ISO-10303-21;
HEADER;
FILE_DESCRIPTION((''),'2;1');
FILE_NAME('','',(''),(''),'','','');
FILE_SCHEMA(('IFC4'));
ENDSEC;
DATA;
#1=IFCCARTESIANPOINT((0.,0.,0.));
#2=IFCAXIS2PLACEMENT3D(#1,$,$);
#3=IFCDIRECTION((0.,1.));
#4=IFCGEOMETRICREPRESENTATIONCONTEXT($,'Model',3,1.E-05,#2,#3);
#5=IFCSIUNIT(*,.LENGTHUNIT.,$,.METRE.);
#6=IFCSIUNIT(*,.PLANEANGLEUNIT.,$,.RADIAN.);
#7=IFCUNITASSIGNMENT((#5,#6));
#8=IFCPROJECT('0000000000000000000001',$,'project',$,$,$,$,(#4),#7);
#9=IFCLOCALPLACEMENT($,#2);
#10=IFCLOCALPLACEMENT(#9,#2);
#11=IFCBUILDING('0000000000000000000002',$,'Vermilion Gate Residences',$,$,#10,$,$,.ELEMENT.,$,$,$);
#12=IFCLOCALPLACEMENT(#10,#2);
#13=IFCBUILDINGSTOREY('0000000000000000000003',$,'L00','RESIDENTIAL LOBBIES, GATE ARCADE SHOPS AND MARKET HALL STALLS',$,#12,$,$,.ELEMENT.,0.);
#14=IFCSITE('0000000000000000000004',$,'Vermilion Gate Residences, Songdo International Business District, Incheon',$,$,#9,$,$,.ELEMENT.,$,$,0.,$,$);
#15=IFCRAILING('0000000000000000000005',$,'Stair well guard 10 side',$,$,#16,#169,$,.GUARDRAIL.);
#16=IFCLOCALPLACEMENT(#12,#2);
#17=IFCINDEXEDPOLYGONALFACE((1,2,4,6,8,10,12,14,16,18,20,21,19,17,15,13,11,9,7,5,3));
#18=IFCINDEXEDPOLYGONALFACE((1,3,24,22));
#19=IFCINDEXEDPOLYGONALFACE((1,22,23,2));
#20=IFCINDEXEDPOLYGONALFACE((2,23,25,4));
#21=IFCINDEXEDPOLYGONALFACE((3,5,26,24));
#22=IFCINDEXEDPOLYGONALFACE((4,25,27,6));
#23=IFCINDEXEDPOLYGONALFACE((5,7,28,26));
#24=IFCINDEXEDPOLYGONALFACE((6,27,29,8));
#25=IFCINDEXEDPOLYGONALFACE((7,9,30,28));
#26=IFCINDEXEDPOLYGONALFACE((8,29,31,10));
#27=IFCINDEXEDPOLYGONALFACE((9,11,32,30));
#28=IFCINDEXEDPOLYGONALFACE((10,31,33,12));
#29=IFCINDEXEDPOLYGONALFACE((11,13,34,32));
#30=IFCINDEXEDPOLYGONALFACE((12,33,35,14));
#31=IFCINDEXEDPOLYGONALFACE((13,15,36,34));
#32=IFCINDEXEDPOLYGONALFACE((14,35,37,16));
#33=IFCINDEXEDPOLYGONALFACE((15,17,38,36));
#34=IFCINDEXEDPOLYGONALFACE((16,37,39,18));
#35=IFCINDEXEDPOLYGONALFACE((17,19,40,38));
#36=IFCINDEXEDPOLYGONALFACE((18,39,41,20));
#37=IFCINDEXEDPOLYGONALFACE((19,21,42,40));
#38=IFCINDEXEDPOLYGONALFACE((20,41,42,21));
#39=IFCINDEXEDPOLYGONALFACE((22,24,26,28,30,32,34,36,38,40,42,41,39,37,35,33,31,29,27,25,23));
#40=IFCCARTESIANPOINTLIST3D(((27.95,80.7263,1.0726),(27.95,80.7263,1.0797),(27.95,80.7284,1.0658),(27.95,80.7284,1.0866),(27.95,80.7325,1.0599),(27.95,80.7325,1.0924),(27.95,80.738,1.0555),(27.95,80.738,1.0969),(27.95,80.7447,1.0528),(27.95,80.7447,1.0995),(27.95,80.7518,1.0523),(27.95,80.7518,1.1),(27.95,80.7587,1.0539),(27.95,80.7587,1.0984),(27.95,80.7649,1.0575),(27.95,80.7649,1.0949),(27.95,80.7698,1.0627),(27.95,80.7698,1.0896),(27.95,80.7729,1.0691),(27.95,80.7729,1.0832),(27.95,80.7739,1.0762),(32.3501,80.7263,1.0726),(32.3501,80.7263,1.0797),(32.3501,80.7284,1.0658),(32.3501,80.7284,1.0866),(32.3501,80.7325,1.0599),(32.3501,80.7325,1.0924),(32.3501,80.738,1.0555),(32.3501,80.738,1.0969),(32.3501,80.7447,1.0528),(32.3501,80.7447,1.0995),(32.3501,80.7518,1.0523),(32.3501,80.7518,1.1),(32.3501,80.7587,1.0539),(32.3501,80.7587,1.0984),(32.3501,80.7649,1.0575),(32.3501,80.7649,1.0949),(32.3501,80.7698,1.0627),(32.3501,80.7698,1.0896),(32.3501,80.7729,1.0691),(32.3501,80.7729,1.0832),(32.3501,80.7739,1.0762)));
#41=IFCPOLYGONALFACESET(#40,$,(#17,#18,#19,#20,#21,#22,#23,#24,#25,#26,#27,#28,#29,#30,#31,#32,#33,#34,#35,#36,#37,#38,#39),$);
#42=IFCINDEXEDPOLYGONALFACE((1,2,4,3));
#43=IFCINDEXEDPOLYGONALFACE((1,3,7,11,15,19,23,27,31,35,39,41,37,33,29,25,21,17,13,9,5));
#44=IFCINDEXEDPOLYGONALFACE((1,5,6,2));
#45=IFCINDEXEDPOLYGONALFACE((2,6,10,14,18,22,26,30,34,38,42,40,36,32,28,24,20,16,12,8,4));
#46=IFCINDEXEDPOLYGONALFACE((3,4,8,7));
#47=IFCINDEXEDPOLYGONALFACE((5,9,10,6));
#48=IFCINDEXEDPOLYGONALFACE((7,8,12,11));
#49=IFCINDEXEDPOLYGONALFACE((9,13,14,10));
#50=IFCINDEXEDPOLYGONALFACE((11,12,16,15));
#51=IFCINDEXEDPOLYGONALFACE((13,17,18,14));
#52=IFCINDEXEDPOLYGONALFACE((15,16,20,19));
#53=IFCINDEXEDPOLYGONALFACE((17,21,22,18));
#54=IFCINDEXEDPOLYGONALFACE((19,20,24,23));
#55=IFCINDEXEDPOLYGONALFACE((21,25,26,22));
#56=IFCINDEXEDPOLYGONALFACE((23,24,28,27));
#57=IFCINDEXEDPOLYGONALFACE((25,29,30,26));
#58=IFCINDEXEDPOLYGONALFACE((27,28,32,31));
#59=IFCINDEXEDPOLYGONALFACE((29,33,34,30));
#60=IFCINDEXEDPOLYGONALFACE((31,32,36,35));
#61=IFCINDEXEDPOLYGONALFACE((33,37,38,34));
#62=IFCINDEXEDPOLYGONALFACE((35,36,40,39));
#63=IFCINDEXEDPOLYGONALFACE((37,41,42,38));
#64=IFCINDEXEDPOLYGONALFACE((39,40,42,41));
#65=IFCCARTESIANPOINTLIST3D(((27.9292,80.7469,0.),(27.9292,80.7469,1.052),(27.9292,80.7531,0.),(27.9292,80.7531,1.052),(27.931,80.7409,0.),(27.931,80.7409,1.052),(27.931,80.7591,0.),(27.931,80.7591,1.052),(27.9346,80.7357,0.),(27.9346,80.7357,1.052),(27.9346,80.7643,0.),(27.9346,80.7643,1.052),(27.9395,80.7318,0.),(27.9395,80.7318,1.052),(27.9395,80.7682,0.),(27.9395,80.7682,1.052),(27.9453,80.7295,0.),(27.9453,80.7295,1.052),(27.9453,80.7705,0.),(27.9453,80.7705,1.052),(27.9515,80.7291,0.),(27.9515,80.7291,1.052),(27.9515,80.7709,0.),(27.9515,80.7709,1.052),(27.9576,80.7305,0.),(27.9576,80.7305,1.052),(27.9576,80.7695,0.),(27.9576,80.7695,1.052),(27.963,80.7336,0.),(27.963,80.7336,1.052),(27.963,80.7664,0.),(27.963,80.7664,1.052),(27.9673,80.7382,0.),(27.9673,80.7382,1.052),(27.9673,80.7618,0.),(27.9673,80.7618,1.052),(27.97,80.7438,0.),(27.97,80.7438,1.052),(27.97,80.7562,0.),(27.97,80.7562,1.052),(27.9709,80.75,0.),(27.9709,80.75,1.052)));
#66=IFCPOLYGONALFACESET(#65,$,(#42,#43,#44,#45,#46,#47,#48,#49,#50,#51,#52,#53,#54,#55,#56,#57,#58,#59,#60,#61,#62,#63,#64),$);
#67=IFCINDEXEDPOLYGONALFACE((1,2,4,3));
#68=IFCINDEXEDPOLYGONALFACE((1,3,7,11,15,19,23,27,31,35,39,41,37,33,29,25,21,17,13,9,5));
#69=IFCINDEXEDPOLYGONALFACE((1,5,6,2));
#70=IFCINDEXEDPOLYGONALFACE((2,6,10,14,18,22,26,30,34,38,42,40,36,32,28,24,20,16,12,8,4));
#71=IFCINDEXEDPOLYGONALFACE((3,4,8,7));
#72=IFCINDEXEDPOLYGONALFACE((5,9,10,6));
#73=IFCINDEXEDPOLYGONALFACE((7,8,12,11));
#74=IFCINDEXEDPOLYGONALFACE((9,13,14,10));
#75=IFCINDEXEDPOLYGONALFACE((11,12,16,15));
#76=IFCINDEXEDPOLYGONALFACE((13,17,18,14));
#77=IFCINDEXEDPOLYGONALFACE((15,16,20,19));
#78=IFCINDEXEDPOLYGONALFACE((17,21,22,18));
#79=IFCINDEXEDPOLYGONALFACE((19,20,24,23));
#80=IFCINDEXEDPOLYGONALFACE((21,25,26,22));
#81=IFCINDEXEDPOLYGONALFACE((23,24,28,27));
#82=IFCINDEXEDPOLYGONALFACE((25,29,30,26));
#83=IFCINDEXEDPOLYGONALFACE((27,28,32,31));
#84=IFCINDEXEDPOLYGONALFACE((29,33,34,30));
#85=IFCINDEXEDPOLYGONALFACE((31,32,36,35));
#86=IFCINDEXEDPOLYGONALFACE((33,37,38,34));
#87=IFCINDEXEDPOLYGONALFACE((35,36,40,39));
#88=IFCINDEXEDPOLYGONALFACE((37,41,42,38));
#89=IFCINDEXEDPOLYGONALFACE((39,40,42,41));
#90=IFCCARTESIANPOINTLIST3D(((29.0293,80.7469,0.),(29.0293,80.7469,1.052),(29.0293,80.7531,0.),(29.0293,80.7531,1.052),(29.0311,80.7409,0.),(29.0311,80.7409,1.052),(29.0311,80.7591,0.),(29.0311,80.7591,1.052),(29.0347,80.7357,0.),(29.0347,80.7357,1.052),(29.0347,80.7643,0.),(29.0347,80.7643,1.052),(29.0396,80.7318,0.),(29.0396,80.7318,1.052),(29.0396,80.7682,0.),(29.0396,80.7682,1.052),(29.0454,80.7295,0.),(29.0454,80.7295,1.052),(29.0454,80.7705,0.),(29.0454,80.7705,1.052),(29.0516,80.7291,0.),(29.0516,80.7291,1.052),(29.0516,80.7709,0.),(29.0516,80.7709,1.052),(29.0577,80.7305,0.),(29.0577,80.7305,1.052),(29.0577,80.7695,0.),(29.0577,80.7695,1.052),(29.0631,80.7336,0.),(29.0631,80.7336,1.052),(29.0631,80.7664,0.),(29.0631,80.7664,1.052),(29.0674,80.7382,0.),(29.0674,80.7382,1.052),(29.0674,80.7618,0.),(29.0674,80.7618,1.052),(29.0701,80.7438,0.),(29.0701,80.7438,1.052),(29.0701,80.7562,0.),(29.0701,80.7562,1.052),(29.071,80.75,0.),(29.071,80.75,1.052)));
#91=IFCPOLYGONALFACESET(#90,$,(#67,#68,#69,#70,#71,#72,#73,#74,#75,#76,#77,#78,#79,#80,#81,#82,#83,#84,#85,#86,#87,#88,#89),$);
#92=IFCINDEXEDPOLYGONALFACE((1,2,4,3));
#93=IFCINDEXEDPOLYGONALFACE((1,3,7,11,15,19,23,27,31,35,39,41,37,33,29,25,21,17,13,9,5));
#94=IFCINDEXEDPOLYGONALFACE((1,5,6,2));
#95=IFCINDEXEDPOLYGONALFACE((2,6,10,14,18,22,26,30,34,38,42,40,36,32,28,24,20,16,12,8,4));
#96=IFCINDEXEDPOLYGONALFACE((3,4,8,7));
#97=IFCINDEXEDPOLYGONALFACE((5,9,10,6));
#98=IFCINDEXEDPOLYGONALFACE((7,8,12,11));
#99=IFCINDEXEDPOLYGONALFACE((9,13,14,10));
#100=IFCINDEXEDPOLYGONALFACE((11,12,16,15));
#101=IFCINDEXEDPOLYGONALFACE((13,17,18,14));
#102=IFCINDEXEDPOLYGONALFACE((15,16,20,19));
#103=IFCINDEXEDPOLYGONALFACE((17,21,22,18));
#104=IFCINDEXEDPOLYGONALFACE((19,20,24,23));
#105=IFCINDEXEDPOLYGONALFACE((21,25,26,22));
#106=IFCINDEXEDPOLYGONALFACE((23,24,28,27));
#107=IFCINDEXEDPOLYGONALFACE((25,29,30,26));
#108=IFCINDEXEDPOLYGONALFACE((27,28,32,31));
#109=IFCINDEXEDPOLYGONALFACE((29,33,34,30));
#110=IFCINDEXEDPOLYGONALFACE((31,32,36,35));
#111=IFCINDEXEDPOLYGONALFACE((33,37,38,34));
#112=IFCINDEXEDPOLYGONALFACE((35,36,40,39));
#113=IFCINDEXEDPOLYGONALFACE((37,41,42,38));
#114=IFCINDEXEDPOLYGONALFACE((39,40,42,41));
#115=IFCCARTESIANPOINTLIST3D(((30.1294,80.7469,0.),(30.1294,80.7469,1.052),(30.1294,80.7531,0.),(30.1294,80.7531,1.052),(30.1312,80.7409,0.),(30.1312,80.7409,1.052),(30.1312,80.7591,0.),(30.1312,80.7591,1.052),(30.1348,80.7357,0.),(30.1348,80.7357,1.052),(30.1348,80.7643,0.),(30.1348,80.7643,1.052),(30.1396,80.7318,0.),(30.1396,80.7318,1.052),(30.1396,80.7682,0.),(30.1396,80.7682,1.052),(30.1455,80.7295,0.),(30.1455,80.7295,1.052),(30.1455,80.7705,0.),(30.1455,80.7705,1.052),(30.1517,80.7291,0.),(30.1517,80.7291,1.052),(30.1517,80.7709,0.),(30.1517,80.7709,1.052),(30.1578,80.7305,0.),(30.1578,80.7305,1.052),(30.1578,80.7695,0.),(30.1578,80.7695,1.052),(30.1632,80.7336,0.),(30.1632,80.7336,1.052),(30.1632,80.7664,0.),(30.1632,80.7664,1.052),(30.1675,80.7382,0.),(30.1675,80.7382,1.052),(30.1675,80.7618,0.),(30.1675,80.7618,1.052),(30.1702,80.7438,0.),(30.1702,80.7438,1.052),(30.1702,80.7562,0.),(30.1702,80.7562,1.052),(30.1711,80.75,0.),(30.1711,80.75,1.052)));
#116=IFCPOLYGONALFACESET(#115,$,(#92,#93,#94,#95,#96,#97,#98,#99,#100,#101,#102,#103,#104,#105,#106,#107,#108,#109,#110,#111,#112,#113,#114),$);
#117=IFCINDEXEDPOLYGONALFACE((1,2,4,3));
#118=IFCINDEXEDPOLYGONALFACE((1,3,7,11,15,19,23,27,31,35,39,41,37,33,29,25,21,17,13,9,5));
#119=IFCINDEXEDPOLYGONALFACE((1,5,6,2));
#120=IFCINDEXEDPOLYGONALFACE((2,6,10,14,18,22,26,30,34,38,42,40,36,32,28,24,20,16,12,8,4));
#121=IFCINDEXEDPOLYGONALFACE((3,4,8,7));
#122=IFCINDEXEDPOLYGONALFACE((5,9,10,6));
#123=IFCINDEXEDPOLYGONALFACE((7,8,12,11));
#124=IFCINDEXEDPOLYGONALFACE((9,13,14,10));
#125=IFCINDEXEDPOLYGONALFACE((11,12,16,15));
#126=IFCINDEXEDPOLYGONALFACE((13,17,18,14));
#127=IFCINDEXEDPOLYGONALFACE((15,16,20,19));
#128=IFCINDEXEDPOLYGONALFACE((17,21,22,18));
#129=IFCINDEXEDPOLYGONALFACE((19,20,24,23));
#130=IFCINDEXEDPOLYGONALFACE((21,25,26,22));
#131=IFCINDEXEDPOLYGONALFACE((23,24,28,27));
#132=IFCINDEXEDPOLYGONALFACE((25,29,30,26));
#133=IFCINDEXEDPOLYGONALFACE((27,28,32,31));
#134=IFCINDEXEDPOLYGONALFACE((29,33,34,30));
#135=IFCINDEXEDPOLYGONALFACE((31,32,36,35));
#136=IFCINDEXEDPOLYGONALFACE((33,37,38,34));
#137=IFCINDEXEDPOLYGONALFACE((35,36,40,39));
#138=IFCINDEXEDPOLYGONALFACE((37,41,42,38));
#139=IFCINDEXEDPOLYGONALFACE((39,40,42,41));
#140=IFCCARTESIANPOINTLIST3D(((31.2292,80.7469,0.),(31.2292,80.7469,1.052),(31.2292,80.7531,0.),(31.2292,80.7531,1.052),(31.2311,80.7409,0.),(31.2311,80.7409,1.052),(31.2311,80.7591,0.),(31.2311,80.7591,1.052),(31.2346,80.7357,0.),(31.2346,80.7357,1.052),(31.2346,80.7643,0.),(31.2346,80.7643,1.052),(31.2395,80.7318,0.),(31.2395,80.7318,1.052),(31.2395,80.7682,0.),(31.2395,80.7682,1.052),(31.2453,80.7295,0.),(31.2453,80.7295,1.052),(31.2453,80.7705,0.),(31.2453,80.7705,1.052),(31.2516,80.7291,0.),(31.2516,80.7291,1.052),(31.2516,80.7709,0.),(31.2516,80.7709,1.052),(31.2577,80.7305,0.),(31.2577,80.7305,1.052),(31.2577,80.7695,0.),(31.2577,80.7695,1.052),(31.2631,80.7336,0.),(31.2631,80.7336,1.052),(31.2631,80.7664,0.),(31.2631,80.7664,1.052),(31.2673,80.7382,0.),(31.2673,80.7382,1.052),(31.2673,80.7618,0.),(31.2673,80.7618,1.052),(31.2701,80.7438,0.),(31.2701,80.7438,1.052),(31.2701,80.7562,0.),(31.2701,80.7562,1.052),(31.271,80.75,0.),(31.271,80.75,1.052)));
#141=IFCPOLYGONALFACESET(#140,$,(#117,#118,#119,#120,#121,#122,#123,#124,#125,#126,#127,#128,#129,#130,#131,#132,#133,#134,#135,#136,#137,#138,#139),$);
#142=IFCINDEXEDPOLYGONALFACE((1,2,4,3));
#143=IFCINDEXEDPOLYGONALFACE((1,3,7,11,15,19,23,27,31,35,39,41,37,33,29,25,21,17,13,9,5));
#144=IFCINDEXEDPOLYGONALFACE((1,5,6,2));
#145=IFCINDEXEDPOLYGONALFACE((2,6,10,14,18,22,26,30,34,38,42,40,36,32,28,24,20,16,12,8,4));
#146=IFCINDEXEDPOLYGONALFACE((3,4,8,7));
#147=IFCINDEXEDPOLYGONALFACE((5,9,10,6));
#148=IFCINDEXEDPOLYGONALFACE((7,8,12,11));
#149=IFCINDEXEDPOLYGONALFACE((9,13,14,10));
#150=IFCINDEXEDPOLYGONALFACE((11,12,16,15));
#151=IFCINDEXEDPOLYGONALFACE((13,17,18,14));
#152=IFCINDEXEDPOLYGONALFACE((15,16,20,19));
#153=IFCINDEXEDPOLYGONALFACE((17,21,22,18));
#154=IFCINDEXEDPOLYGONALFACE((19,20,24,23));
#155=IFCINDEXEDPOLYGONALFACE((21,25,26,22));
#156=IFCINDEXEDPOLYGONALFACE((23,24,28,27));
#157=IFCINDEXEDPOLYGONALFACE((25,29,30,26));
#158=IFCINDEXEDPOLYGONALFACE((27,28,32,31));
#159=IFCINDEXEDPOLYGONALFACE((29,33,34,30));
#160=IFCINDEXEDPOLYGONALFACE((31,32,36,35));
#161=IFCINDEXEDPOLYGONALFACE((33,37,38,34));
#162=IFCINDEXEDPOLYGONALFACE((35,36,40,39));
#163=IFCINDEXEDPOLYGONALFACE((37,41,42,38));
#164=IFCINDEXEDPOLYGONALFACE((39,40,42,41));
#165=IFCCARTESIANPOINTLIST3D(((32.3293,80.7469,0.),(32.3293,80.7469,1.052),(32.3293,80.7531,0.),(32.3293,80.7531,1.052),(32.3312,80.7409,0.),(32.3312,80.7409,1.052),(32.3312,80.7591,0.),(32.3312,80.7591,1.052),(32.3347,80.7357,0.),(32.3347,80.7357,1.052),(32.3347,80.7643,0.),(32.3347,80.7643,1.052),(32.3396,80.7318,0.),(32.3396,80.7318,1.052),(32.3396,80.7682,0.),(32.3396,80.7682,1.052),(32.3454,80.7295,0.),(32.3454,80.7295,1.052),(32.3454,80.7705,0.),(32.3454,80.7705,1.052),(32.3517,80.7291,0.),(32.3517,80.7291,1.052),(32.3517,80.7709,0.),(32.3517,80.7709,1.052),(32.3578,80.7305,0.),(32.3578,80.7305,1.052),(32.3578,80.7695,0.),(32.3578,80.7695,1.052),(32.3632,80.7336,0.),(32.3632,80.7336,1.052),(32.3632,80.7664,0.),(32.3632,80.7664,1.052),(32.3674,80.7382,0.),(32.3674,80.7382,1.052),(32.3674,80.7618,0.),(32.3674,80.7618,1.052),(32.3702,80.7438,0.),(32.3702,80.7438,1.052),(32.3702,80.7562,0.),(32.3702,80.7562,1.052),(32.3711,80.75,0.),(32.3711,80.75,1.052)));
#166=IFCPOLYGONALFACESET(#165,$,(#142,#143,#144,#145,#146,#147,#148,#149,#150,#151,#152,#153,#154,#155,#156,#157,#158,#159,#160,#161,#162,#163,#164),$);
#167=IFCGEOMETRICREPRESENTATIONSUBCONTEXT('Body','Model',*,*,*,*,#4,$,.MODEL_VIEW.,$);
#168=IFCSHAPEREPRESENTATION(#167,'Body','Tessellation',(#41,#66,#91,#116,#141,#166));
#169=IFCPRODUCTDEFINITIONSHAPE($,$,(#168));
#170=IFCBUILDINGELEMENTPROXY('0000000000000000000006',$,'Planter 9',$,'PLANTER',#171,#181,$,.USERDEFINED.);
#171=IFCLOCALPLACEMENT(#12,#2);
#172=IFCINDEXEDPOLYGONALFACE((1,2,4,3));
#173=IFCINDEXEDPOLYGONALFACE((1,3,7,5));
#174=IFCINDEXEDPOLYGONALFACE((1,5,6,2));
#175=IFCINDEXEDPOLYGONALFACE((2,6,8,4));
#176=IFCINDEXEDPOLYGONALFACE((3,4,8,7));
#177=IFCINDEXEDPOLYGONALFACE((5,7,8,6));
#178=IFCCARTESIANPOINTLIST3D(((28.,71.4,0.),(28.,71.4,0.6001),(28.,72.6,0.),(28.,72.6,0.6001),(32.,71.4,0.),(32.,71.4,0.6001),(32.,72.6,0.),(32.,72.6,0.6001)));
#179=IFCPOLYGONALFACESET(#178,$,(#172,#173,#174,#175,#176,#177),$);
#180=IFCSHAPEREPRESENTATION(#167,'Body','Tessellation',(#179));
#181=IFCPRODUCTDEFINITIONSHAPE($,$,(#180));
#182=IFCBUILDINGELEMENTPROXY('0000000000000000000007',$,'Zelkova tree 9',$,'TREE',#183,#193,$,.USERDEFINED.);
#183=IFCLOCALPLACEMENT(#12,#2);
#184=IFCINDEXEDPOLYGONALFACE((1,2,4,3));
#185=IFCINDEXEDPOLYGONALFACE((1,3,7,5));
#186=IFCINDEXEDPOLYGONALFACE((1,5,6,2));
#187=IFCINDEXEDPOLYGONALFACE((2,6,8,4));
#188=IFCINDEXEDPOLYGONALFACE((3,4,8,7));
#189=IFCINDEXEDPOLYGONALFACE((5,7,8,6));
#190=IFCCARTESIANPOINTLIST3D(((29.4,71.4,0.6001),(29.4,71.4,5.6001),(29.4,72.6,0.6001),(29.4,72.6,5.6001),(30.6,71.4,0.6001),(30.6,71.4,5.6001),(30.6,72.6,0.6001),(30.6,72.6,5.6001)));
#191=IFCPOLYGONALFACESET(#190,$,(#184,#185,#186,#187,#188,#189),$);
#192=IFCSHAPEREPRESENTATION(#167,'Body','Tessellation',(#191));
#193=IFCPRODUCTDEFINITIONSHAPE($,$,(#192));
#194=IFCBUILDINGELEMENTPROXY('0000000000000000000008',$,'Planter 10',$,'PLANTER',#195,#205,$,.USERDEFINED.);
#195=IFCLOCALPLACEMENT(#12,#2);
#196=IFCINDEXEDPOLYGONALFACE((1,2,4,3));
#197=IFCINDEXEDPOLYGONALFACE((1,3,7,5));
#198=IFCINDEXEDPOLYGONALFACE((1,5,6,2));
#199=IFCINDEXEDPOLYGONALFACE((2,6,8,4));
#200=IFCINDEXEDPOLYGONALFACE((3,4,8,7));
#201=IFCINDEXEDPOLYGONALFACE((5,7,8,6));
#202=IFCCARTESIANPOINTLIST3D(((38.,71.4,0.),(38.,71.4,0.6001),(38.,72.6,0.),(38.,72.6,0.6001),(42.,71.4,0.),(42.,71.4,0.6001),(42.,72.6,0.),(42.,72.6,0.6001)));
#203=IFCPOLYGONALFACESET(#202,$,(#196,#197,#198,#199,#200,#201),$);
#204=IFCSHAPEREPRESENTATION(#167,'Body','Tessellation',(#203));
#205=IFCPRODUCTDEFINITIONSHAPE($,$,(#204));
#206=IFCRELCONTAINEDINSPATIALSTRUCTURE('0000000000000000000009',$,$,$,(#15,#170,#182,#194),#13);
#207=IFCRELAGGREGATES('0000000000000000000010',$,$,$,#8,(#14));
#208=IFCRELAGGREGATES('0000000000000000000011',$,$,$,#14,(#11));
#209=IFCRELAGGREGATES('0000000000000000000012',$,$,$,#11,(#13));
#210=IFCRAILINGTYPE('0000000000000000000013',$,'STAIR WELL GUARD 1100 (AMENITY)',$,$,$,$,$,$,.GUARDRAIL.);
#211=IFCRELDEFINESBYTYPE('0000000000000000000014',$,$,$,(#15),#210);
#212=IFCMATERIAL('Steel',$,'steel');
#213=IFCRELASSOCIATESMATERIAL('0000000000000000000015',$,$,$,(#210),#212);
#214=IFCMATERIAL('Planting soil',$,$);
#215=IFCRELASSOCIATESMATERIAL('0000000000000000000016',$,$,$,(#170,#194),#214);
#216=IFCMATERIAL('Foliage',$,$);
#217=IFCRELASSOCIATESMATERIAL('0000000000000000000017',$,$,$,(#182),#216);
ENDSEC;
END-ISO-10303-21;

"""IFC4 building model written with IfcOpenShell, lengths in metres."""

from ifc_helpers import new_model, si_unit, direction, frame, origin, origin_2d, place, context, subcontext, project, spatial, rectangle, circle, extrude, material, type_object, element, save


model = new_model("IFC4")

# Units and contexts
model_context = context("Model", 3, precision=1e-05, world=origin(), true_north=direction((0.0, 1.0)))
body_context = subcontext(model_context, "Body", "Model", "MODEL_VIEW")
ifc_project = project(units=[si_unit("LENGTHUNIT", "METRE"), si_unit("PLANEANGLEUNIT", "RADIAN")], contexts=[model_context])

# Site, building, storey
site_placement = place(None, origin())
site = spatial("IfcSite", under=ifc_project, at=site_placement, Name="Vermilion Gate Residences, Songdo International Business District, Incheon", CompositionType="ELEMENT", RefElevation=0.0)
building_placement = place(site_placement, origin())
building = spatial("IfcBuilding", under=site, at=building_placement, Name="Vermilion Gate Residences", CompositionType="ELEMENT")
storey_placement = place(building_placement, origin())
storey = spatial("IfcBuildingStorey", under=building, at=storey_placement, Name="L00", Description="RESIDENTIAL LOBBIES, GATE ARCADE SHOPS AND MARKET HALL STALLS", CompositionType="ELEMENT", Elevation=0.0)

# Railing
ifc_material_1 = material(Name="Steel", Category="steel")
railing_type_1 = type_object("IfcRailingType", Name="STAIR WELL GUARD 1100 (AMENITY)", PredefinedType="GUARDRAIL", material=ifc_material_1)
railing_1_placement = place(storey_placement, frame((27.95, 80.75, 0.0)))
element("IfcRailing", 1, at=railing_1_placement, inside=storey, type_object=railing_type_1, Name="Stair well guard 10 side", PredefinedType="GUARDRAIL", context=body_context, shape_type="SweptSolid", body=[
    extrude(circle(Radius=0.0239, at=origin_2d()), frame((0.0, 0.0, 1.0762), z_axis=(1.0, 0.0, 0.0), x_axis=(0.0, 1.0, 0.0)), (0.0, 0.0, 1.0), 4.4001),
    extrude(circle(Radius=0.021, at=origin_2d()), origin(), (0.0, 0.0, 1.0), 1.052),
    extrude(circle(Radius=0.021, at=origin_2d()), frame((1.1001, 0.0, 0.0)), (0.0, 0.0, 1.0), 1.052),
    extrude(circle(Radius=0.021, at=origin_2d()), frame((2.2002, 0.0, 0.0)), (0.0, 0.0, 1.0), 1.052),
    extrude(circle(Radius=0.021, at=origin_2d()), frame((3.3, 0.0, 0.0)), (0.0, 0.0, 1.0), 1.052),
    extrude(circle(Radius=0.021, at=origin_2d()), frame((4.4001, 0.0, 0.0)), (0.0, 0.0, 1.0), 1.052),
])

# Building element proxies
ifc_material_2 = material(Name="Planting soil")
proxy_1_placement = place(storey_placement, frame((30.0, 72.0, 0.0), z_axis=(0.0, 0.0, 1.0), x_axis=(1.0, 0.0, 0.0)))
element("IfcBuildingElementProxy", 2, at=proxy_1_placement, inside=storey, material=ifc_material_2, Name="Planter 9", ObjectType="PLANTER", PredefinedType="USERDEFINED", context=body_context, shape_type="SweptSolid", body=[
    extrude(rectangle(XDim=4.0, YDim=1.2, at=origin_2d()), origin(), (0.0, 0.0, 1.0), 0.6001),
])
ifc_material_3 = material(Name="Foliage")
proxy_2_placement = place(storey_placement, frame((30.0, 72.0, 0.6001), z_axis=(0.0, 0.0, 1.0), x_axis=(1.0, 0.0, 0.0)))
element("IfcBuildingElementProxy", 3, at=proxy_2_placement, inside=storey, material=ifc_material_3, Name="Zelkova tree 9", ObjectType="TREE", PredefinedType="USERDEFINED", context=body_context, shape_type="SweptSolid", body=[
    extrude(rectangle(XDim=1.2, YDim=1.2, at=origin_2d()), origin(), (0.0, 0.0, 1.0), 5.0),
])
proxy_3_placement = place(storey_placement, frame((40.0, 72.0, 0.0), z_axis=(0.0, 0.0, 1.0), x_axis=(1.0, 0.0, 0.0)))
element("IfcBuildingElementProxy", 4, at=proxy_3_placement, inside=storey, material=ifc_material_2, Name="Planter 10", ObjectType="PLANTER", PredefinedType="USERDEFINED", context=body_context, shape_type="SweptSolid", body=[
    extrude(rectangle(XDim=4.0, YDim=1.2, at=origin_2d()), origin(), (0.0, 0.0, 1.0), 0.6001),
])

save(model, "model.ifc")
